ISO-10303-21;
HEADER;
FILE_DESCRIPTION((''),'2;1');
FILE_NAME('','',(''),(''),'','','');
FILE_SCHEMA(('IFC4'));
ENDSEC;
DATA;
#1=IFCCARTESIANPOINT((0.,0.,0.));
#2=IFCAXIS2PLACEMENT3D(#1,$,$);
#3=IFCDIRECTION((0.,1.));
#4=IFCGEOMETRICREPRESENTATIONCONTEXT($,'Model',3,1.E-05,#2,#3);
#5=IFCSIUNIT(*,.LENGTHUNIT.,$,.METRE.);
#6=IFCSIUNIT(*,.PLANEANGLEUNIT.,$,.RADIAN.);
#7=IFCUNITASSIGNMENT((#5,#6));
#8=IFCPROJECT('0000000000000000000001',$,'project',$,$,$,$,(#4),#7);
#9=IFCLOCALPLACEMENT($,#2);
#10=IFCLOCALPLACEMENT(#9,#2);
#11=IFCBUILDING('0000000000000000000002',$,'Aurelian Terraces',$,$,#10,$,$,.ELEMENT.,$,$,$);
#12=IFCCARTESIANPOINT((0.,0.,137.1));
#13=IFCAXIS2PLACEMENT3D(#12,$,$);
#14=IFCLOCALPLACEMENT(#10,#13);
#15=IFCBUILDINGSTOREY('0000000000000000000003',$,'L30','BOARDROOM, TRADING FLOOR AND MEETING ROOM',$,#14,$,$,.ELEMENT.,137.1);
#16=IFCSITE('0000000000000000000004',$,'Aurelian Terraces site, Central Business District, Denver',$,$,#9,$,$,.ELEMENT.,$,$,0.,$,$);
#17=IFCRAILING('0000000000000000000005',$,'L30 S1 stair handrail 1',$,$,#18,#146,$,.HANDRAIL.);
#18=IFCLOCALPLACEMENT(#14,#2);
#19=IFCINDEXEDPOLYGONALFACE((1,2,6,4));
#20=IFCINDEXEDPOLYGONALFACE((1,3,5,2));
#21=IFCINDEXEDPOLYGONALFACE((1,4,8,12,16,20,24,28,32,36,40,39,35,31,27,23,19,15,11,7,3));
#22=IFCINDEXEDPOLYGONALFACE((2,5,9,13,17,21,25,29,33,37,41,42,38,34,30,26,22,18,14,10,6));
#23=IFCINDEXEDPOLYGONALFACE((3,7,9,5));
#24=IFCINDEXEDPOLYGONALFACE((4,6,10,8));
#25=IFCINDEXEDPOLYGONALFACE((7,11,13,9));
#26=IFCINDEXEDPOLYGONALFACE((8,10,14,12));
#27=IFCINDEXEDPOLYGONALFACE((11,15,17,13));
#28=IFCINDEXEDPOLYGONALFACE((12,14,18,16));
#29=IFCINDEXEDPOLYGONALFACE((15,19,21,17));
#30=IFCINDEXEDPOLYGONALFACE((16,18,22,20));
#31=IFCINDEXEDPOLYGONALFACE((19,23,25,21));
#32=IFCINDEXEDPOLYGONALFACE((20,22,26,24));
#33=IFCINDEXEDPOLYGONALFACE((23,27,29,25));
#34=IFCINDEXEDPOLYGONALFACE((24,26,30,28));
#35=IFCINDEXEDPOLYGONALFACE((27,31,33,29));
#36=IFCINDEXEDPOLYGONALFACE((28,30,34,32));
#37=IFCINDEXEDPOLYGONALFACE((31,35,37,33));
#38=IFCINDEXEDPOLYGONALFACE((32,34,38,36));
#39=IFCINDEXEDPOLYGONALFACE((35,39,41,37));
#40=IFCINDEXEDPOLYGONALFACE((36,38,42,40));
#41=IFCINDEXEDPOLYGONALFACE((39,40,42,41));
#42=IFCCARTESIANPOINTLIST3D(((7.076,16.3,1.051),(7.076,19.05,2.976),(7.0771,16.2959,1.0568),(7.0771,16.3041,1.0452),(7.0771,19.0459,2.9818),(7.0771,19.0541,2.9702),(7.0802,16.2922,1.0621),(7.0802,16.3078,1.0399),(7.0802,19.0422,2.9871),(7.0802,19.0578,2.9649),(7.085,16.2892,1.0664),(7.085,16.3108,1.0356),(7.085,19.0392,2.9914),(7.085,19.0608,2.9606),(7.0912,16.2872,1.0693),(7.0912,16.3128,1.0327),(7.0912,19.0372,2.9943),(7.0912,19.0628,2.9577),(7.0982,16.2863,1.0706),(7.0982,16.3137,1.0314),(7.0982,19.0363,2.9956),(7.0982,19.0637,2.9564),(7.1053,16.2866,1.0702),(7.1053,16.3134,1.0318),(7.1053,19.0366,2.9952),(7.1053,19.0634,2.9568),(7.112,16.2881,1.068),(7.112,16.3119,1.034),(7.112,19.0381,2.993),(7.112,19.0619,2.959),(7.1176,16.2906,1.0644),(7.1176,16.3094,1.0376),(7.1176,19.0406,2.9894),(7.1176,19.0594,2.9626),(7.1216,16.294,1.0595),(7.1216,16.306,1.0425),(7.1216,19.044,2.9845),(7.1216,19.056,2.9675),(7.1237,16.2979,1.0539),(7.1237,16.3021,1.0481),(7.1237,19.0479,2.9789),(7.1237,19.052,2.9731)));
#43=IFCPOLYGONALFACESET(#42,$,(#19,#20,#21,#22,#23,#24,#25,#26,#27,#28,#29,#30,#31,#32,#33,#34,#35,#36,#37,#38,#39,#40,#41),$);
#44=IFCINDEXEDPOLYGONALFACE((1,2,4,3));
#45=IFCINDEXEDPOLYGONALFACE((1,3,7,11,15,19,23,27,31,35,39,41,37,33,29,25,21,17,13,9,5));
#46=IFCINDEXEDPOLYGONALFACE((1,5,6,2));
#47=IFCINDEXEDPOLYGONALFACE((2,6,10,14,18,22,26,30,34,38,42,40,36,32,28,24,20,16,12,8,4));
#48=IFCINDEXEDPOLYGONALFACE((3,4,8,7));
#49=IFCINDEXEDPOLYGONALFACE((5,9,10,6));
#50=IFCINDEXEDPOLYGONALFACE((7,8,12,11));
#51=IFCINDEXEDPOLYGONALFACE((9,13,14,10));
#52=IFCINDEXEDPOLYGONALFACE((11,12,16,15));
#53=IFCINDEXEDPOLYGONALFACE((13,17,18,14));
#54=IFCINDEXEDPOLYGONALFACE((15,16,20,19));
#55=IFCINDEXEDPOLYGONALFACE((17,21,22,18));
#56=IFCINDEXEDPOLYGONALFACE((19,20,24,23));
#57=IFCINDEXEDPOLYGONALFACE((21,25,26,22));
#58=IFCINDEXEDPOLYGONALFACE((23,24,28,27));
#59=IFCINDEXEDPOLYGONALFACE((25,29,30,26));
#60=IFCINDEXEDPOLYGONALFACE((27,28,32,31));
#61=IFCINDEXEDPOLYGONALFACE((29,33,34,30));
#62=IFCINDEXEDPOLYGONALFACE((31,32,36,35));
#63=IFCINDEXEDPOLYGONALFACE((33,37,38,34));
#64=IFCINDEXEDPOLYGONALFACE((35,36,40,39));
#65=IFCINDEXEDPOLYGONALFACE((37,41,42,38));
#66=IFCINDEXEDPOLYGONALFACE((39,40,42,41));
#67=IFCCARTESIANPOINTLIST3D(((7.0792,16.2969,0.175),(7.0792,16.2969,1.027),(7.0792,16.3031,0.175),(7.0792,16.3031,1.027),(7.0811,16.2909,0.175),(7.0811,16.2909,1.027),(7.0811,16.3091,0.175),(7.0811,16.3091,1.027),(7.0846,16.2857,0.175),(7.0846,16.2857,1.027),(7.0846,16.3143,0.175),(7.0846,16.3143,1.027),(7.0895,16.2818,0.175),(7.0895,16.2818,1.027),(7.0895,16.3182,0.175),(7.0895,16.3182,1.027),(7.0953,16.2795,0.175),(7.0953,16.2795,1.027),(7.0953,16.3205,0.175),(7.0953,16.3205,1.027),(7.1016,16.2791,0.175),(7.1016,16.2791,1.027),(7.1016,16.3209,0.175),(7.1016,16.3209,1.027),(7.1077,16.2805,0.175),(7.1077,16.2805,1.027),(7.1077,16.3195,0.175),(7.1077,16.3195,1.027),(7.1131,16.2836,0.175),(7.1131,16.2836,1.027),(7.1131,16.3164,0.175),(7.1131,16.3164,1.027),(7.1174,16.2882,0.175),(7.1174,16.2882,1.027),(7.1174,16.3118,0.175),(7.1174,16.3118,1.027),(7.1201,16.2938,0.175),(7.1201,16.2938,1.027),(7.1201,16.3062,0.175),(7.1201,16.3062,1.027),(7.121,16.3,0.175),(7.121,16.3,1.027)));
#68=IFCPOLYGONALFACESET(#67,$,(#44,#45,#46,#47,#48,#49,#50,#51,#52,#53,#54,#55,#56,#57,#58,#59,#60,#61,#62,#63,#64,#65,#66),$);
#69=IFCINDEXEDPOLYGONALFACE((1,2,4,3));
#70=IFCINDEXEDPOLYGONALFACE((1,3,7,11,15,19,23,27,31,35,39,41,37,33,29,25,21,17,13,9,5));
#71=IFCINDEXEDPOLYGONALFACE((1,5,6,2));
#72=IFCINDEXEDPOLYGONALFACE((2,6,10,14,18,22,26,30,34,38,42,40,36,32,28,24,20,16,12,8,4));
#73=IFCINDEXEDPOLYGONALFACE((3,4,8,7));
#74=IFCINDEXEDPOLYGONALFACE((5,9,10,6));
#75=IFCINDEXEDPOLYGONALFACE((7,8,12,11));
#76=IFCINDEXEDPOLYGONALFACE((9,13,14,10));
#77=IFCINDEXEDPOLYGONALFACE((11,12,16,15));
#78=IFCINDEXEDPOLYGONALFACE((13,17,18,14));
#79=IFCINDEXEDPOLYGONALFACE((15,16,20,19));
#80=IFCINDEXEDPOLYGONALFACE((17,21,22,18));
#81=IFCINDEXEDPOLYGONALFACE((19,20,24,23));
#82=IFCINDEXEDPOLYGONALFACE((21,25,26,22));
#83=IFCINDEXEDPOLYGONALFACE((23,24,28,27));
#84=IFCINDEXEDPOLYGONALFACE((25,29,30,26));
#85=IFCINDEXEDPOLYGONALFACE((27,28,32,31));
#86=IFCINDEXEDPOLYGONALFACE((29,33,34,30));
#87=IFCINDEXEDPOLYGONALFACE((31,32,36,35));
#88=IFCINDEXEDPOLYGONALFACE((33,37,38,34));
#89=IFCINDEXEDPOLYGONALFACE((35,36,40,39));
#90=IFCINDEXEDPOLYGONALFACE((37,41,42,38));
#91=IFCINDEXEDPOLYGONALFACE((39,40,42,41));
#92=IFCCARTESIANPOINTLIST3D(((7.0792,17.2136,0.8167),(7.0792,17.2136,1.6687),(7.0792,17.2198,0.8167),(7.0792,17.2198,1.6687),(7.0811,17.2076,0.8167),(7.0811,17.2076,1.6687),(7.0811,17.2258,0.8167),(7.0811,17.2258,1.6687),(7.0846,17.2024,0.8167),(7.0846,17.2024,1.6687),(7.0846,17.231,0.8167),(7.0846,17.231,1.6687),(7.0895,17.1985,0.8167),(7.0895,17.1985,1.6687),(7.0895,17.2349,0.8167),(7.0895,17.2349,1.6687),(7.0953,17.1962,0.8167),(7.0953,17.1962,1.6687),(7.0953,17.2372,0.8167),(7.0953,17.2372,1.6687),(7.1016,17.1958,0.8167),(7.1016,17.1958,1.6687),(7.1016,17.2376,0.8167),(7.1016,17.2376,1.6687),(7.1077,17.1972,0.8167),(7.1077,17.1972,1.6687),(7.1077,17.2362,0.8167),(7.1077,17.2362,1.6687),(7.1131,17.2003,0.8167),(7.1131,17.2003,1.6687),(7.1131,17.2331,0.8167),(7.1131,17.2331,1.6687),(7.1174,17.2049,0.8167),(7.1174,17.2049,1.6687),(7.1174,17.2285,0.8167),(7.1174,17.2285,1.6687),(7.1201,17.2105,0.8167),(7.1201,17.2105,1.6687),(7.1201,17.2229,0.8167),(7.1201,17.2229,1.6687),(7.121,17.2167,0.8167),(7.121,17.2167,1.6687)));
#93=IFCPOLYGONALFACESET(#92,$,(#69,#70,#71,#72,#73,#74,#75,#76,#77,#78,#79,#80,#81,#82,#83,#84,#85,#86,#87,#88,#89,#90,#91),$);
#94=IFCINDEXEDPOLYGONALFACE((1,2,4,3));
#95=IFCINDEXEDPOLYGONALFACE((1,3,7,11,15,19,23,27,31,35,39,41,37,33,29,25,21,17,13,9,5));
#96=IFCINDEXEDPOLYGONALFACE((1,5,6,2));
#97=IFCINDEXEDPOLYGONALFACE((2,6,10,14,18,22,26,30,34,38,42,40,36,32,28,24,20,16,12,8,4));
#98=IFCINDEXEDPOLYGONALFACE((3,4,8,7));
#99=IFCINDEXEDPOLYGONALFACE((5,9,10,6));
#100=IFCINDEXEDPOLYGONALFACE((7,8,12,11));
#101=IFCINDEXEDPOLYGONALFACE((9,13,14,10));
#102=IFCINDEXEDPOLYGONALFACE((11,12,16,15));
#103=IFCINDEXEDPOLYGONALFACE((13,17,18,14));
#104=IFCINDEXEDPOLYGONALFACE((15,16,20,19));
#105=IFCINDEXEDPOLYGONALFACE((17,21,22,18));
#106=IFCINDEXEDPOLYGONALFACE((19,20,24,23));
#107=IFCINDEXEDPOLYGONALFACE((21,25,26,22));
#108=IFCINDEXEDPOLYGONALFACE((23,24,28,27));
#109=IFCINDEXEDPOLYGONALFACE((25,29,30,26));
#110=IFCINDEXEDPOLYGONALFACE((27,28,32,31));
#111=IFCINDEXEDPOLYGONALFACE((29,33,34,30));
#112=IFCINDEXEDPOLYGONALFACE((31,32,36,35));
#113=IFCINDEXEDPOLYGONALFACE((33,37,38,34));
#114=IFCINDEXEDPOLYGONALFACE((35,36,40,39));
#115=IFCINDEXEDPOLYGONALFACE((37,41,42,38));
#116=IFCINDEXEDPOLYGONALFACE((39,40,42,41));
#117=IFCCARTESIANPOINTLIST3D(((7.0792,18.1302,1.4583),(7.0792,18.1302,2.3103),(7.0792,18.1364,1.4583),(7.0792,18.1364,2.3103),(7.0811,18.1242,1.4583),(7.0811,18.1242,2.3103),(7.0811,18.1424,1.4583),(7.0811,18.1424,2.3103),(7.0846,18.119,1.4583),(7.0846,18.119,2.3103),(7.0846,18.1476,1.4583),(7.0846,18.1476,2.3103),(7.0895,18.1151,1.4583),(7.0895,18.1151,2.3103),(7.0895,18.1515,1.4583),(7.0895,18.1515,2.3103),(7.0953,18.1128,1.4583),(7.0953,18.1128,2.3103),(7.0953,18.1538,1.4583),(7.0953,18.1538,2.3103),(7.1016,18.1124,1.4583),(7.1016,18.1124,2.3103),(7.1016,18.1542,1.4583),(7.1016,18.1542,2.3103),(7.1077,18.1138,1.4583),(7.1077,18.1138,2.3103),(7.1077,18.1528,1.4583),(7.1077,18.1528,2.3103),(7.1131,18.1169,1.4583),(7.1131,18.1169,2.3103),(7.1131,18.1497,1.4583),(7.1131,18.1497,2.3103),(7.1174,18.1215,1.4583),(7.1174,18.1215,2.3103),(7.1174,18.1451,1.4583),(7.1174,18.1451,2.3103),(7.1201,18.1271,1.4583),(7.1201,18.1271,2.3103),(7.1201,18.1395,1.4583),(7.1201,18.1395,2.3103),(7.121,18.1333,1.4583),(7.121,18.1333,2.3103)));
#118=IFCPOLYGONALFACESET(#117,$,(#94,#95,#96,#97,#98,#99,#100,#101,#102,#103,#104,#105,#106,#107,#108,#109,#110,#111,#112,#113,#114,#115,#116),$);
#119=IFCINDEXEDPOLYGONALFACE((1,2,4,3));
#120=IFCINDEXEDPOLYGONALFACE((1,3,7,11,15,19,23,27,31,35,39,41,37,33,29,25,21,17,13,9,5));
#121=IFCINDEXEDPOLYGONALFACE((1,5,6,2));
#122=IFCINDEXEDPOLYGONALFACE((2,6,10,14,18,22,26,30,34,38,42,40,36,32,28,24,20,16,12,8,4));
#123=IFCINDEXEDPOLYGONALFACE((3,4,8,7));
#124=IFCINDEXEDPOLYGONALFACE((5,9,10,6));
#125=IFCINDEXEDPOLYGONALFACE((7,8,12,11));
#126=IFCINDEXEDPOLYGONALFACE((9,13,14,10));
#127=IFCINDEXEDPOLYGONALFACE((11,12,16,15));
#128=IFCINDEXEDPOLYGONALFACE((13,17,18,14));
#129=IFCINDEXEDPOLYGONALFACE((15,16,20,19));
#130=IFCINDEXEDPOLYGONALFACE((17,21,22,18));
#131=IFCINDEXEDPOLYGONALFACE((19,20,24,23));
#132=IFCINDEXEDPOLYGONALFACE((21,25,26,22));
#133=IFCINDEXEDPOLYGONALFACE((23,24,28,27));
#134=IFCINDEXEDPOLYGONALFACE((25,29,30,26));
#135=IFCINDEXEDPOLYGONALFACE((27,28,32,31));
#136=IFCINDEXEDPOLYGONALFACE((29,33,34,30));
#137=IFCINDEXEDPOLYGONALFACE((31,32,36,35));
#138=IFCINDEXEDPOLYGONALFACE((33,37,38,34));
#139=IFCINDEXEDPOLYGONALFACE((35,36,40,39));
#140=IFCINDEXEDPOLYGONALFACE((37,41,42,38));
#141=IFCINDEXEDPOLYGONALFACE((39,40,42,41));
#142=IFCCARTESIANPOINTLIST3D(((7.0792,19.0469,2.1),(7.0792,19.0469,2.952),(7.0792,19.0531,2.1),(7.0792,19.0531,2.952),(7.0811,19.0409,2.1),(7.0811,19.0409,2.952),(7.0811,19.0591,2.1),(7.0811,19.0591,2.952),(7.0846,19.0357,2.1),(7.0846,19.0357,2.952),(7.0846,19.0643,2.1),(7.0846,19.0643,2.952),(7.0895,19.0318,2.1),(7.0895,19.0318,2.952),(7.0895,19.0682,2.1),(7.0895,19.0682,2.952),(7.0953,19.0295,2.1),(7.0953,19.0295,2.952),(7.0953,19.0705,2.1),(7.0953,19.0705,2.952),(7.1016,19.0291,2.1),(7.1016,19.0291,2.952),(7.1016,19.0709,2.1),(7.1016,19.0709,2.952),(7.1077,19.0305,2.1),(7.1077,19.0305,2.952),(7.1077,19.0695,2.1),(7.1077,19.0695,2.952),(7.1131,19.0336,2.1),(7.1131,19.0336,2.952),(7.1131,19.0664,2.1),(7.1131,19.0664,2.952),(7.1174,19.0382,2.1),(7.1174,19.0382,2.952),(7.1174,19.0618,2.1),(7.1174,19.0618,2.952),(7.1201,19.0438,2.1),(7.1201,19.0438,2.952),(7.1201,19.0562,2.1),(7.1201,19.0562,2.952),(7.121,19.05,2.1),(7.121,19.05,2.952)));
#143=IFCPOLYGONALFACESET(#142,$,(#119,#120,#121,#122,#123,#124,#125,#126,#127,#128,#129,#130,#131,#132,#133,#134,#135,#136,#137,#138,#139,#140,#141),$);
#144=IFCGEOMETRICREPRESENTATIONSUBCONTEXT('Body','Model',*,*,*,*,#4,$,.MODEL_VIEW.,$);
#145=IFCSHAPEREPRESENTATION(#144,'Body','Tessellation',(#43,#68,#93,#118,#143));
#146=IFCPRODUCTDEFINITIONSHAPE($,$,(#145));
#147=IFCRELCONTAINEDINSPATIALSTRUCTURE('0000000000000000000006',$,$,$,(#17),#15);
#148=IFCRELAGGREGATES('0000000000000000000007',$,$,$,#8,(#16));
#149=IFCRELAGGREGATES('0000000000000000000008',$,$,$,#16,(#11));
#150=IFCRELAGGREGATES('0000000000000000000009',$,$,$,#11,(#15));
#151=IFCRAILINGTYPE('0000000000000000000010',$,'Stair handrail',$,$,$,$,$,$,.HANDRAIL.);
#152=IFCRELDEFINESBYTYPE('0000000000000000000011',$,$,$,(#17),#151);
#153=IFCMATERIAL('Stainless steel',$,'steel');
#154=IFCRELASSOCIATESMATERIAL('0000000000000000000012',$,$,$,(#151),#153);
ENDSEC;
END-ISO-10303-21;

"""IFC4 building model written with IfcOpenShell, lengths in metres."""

from ifc_helpers import new_model, si_unit, direction, frame, origin, origin_2d, place, context, subcontext, project, spatial, circle, extrude, source, transform, mapped, material, type_object, element, save


model = new_model("IFC4")

# Units and contexts
model_context = context("Model", 3, precision=1e-05, world=origin(), true_north=direction((0.0, 1.0)))
body_context = subcontext(model_context, "Body", "Model", "MODEL_VIEW")
ifc_project = project(units=[si_unit("LENGTHUNIT", "METRE"), si_unit("PLANEANGLEUNIT", "RADIAN")], contexts=[model_context])

# Site, building, storey
site_placement = place(None, origin())
site = spatial("IfcSite", under=ifc_project, at=site_placement, Name="Aurelian Terraces site, Central Business District, Denver", CompositionType="ELEMENT", RefElevation=0.0)
building_placement = place(site_placement, origin())
building = spatial("IfcBuilding", under=site, at=building_placement, Name="Aurelian Terraces", CompositionType="ELEMENT")
storey_placement = place(building_placement, frame((0.0, 0.0, 137.1)))
storey = spatial("IfcBuildingStorey", under=building, at=storey_placement, Name="L30", Description="BOARDROOM, TRADING FLOOR AND MEETING ROOM", CompositionType="ELEMENT", Elevation=137.1)

# Shared definitions
ifc_material_1 = material(Name="Stainless steel", Category="steel")

# Railing
railing_type_1 = type_object("IfcRailingType", Name="Stair handrail", PredefinedType="HANDRAIL", material=ifc_material_1)
shared_shape_1 = source(origin(), body_context, "Body", "SweptSolid", [
    extrude(circle(Radius=0.024, at=origin_2d()), frame((0.0, 0.0, 0.876), z_axis=(0.0, 0.819232, 0.573462), x_axis=(-1.0, 0.0, 0.0)), (0.0, 0.0, 1.0), 3.3568),
    extrude(circle(Radius=0.021, at=origin_2d()), origin(), (0.0, 0.0, 1.0), 0.852),
    extrude(circle(Radius=0.021, at=origin_2d()), frame((0.0, 0.9167, 0.6417)), (0.0, 0.0, 1.0), 0.852),
    extrude(circle(Radius=0.021, at=origin_2d()), frame((0.0, 1.8333, 1.2833)), (0.0, 0.0, 1.0), 0.852),
    extrude(circle(Radius=0.021, at=origin_2d()), frame((0.0, 2.75, 1.925)), (0.0, 0.0, 1.0), 0.852),
])
railing_1_placement = place(storey_placement, frame((7.1, 16.3, 0.175)))
element("IfcRailing", 1, at=railing_1_placement, inside=storey, type_object=railing_type_1, Name="L30 S1 stair handrail 1", PredefinedType="HANDRAIL", context=body_context, shape_type="MappedRepresentation", body=[
    mapped(shared_shape_1, transform((0.0, 0.0, 0.0), scale=1.0)),
])

save(model, "model.ifc")
